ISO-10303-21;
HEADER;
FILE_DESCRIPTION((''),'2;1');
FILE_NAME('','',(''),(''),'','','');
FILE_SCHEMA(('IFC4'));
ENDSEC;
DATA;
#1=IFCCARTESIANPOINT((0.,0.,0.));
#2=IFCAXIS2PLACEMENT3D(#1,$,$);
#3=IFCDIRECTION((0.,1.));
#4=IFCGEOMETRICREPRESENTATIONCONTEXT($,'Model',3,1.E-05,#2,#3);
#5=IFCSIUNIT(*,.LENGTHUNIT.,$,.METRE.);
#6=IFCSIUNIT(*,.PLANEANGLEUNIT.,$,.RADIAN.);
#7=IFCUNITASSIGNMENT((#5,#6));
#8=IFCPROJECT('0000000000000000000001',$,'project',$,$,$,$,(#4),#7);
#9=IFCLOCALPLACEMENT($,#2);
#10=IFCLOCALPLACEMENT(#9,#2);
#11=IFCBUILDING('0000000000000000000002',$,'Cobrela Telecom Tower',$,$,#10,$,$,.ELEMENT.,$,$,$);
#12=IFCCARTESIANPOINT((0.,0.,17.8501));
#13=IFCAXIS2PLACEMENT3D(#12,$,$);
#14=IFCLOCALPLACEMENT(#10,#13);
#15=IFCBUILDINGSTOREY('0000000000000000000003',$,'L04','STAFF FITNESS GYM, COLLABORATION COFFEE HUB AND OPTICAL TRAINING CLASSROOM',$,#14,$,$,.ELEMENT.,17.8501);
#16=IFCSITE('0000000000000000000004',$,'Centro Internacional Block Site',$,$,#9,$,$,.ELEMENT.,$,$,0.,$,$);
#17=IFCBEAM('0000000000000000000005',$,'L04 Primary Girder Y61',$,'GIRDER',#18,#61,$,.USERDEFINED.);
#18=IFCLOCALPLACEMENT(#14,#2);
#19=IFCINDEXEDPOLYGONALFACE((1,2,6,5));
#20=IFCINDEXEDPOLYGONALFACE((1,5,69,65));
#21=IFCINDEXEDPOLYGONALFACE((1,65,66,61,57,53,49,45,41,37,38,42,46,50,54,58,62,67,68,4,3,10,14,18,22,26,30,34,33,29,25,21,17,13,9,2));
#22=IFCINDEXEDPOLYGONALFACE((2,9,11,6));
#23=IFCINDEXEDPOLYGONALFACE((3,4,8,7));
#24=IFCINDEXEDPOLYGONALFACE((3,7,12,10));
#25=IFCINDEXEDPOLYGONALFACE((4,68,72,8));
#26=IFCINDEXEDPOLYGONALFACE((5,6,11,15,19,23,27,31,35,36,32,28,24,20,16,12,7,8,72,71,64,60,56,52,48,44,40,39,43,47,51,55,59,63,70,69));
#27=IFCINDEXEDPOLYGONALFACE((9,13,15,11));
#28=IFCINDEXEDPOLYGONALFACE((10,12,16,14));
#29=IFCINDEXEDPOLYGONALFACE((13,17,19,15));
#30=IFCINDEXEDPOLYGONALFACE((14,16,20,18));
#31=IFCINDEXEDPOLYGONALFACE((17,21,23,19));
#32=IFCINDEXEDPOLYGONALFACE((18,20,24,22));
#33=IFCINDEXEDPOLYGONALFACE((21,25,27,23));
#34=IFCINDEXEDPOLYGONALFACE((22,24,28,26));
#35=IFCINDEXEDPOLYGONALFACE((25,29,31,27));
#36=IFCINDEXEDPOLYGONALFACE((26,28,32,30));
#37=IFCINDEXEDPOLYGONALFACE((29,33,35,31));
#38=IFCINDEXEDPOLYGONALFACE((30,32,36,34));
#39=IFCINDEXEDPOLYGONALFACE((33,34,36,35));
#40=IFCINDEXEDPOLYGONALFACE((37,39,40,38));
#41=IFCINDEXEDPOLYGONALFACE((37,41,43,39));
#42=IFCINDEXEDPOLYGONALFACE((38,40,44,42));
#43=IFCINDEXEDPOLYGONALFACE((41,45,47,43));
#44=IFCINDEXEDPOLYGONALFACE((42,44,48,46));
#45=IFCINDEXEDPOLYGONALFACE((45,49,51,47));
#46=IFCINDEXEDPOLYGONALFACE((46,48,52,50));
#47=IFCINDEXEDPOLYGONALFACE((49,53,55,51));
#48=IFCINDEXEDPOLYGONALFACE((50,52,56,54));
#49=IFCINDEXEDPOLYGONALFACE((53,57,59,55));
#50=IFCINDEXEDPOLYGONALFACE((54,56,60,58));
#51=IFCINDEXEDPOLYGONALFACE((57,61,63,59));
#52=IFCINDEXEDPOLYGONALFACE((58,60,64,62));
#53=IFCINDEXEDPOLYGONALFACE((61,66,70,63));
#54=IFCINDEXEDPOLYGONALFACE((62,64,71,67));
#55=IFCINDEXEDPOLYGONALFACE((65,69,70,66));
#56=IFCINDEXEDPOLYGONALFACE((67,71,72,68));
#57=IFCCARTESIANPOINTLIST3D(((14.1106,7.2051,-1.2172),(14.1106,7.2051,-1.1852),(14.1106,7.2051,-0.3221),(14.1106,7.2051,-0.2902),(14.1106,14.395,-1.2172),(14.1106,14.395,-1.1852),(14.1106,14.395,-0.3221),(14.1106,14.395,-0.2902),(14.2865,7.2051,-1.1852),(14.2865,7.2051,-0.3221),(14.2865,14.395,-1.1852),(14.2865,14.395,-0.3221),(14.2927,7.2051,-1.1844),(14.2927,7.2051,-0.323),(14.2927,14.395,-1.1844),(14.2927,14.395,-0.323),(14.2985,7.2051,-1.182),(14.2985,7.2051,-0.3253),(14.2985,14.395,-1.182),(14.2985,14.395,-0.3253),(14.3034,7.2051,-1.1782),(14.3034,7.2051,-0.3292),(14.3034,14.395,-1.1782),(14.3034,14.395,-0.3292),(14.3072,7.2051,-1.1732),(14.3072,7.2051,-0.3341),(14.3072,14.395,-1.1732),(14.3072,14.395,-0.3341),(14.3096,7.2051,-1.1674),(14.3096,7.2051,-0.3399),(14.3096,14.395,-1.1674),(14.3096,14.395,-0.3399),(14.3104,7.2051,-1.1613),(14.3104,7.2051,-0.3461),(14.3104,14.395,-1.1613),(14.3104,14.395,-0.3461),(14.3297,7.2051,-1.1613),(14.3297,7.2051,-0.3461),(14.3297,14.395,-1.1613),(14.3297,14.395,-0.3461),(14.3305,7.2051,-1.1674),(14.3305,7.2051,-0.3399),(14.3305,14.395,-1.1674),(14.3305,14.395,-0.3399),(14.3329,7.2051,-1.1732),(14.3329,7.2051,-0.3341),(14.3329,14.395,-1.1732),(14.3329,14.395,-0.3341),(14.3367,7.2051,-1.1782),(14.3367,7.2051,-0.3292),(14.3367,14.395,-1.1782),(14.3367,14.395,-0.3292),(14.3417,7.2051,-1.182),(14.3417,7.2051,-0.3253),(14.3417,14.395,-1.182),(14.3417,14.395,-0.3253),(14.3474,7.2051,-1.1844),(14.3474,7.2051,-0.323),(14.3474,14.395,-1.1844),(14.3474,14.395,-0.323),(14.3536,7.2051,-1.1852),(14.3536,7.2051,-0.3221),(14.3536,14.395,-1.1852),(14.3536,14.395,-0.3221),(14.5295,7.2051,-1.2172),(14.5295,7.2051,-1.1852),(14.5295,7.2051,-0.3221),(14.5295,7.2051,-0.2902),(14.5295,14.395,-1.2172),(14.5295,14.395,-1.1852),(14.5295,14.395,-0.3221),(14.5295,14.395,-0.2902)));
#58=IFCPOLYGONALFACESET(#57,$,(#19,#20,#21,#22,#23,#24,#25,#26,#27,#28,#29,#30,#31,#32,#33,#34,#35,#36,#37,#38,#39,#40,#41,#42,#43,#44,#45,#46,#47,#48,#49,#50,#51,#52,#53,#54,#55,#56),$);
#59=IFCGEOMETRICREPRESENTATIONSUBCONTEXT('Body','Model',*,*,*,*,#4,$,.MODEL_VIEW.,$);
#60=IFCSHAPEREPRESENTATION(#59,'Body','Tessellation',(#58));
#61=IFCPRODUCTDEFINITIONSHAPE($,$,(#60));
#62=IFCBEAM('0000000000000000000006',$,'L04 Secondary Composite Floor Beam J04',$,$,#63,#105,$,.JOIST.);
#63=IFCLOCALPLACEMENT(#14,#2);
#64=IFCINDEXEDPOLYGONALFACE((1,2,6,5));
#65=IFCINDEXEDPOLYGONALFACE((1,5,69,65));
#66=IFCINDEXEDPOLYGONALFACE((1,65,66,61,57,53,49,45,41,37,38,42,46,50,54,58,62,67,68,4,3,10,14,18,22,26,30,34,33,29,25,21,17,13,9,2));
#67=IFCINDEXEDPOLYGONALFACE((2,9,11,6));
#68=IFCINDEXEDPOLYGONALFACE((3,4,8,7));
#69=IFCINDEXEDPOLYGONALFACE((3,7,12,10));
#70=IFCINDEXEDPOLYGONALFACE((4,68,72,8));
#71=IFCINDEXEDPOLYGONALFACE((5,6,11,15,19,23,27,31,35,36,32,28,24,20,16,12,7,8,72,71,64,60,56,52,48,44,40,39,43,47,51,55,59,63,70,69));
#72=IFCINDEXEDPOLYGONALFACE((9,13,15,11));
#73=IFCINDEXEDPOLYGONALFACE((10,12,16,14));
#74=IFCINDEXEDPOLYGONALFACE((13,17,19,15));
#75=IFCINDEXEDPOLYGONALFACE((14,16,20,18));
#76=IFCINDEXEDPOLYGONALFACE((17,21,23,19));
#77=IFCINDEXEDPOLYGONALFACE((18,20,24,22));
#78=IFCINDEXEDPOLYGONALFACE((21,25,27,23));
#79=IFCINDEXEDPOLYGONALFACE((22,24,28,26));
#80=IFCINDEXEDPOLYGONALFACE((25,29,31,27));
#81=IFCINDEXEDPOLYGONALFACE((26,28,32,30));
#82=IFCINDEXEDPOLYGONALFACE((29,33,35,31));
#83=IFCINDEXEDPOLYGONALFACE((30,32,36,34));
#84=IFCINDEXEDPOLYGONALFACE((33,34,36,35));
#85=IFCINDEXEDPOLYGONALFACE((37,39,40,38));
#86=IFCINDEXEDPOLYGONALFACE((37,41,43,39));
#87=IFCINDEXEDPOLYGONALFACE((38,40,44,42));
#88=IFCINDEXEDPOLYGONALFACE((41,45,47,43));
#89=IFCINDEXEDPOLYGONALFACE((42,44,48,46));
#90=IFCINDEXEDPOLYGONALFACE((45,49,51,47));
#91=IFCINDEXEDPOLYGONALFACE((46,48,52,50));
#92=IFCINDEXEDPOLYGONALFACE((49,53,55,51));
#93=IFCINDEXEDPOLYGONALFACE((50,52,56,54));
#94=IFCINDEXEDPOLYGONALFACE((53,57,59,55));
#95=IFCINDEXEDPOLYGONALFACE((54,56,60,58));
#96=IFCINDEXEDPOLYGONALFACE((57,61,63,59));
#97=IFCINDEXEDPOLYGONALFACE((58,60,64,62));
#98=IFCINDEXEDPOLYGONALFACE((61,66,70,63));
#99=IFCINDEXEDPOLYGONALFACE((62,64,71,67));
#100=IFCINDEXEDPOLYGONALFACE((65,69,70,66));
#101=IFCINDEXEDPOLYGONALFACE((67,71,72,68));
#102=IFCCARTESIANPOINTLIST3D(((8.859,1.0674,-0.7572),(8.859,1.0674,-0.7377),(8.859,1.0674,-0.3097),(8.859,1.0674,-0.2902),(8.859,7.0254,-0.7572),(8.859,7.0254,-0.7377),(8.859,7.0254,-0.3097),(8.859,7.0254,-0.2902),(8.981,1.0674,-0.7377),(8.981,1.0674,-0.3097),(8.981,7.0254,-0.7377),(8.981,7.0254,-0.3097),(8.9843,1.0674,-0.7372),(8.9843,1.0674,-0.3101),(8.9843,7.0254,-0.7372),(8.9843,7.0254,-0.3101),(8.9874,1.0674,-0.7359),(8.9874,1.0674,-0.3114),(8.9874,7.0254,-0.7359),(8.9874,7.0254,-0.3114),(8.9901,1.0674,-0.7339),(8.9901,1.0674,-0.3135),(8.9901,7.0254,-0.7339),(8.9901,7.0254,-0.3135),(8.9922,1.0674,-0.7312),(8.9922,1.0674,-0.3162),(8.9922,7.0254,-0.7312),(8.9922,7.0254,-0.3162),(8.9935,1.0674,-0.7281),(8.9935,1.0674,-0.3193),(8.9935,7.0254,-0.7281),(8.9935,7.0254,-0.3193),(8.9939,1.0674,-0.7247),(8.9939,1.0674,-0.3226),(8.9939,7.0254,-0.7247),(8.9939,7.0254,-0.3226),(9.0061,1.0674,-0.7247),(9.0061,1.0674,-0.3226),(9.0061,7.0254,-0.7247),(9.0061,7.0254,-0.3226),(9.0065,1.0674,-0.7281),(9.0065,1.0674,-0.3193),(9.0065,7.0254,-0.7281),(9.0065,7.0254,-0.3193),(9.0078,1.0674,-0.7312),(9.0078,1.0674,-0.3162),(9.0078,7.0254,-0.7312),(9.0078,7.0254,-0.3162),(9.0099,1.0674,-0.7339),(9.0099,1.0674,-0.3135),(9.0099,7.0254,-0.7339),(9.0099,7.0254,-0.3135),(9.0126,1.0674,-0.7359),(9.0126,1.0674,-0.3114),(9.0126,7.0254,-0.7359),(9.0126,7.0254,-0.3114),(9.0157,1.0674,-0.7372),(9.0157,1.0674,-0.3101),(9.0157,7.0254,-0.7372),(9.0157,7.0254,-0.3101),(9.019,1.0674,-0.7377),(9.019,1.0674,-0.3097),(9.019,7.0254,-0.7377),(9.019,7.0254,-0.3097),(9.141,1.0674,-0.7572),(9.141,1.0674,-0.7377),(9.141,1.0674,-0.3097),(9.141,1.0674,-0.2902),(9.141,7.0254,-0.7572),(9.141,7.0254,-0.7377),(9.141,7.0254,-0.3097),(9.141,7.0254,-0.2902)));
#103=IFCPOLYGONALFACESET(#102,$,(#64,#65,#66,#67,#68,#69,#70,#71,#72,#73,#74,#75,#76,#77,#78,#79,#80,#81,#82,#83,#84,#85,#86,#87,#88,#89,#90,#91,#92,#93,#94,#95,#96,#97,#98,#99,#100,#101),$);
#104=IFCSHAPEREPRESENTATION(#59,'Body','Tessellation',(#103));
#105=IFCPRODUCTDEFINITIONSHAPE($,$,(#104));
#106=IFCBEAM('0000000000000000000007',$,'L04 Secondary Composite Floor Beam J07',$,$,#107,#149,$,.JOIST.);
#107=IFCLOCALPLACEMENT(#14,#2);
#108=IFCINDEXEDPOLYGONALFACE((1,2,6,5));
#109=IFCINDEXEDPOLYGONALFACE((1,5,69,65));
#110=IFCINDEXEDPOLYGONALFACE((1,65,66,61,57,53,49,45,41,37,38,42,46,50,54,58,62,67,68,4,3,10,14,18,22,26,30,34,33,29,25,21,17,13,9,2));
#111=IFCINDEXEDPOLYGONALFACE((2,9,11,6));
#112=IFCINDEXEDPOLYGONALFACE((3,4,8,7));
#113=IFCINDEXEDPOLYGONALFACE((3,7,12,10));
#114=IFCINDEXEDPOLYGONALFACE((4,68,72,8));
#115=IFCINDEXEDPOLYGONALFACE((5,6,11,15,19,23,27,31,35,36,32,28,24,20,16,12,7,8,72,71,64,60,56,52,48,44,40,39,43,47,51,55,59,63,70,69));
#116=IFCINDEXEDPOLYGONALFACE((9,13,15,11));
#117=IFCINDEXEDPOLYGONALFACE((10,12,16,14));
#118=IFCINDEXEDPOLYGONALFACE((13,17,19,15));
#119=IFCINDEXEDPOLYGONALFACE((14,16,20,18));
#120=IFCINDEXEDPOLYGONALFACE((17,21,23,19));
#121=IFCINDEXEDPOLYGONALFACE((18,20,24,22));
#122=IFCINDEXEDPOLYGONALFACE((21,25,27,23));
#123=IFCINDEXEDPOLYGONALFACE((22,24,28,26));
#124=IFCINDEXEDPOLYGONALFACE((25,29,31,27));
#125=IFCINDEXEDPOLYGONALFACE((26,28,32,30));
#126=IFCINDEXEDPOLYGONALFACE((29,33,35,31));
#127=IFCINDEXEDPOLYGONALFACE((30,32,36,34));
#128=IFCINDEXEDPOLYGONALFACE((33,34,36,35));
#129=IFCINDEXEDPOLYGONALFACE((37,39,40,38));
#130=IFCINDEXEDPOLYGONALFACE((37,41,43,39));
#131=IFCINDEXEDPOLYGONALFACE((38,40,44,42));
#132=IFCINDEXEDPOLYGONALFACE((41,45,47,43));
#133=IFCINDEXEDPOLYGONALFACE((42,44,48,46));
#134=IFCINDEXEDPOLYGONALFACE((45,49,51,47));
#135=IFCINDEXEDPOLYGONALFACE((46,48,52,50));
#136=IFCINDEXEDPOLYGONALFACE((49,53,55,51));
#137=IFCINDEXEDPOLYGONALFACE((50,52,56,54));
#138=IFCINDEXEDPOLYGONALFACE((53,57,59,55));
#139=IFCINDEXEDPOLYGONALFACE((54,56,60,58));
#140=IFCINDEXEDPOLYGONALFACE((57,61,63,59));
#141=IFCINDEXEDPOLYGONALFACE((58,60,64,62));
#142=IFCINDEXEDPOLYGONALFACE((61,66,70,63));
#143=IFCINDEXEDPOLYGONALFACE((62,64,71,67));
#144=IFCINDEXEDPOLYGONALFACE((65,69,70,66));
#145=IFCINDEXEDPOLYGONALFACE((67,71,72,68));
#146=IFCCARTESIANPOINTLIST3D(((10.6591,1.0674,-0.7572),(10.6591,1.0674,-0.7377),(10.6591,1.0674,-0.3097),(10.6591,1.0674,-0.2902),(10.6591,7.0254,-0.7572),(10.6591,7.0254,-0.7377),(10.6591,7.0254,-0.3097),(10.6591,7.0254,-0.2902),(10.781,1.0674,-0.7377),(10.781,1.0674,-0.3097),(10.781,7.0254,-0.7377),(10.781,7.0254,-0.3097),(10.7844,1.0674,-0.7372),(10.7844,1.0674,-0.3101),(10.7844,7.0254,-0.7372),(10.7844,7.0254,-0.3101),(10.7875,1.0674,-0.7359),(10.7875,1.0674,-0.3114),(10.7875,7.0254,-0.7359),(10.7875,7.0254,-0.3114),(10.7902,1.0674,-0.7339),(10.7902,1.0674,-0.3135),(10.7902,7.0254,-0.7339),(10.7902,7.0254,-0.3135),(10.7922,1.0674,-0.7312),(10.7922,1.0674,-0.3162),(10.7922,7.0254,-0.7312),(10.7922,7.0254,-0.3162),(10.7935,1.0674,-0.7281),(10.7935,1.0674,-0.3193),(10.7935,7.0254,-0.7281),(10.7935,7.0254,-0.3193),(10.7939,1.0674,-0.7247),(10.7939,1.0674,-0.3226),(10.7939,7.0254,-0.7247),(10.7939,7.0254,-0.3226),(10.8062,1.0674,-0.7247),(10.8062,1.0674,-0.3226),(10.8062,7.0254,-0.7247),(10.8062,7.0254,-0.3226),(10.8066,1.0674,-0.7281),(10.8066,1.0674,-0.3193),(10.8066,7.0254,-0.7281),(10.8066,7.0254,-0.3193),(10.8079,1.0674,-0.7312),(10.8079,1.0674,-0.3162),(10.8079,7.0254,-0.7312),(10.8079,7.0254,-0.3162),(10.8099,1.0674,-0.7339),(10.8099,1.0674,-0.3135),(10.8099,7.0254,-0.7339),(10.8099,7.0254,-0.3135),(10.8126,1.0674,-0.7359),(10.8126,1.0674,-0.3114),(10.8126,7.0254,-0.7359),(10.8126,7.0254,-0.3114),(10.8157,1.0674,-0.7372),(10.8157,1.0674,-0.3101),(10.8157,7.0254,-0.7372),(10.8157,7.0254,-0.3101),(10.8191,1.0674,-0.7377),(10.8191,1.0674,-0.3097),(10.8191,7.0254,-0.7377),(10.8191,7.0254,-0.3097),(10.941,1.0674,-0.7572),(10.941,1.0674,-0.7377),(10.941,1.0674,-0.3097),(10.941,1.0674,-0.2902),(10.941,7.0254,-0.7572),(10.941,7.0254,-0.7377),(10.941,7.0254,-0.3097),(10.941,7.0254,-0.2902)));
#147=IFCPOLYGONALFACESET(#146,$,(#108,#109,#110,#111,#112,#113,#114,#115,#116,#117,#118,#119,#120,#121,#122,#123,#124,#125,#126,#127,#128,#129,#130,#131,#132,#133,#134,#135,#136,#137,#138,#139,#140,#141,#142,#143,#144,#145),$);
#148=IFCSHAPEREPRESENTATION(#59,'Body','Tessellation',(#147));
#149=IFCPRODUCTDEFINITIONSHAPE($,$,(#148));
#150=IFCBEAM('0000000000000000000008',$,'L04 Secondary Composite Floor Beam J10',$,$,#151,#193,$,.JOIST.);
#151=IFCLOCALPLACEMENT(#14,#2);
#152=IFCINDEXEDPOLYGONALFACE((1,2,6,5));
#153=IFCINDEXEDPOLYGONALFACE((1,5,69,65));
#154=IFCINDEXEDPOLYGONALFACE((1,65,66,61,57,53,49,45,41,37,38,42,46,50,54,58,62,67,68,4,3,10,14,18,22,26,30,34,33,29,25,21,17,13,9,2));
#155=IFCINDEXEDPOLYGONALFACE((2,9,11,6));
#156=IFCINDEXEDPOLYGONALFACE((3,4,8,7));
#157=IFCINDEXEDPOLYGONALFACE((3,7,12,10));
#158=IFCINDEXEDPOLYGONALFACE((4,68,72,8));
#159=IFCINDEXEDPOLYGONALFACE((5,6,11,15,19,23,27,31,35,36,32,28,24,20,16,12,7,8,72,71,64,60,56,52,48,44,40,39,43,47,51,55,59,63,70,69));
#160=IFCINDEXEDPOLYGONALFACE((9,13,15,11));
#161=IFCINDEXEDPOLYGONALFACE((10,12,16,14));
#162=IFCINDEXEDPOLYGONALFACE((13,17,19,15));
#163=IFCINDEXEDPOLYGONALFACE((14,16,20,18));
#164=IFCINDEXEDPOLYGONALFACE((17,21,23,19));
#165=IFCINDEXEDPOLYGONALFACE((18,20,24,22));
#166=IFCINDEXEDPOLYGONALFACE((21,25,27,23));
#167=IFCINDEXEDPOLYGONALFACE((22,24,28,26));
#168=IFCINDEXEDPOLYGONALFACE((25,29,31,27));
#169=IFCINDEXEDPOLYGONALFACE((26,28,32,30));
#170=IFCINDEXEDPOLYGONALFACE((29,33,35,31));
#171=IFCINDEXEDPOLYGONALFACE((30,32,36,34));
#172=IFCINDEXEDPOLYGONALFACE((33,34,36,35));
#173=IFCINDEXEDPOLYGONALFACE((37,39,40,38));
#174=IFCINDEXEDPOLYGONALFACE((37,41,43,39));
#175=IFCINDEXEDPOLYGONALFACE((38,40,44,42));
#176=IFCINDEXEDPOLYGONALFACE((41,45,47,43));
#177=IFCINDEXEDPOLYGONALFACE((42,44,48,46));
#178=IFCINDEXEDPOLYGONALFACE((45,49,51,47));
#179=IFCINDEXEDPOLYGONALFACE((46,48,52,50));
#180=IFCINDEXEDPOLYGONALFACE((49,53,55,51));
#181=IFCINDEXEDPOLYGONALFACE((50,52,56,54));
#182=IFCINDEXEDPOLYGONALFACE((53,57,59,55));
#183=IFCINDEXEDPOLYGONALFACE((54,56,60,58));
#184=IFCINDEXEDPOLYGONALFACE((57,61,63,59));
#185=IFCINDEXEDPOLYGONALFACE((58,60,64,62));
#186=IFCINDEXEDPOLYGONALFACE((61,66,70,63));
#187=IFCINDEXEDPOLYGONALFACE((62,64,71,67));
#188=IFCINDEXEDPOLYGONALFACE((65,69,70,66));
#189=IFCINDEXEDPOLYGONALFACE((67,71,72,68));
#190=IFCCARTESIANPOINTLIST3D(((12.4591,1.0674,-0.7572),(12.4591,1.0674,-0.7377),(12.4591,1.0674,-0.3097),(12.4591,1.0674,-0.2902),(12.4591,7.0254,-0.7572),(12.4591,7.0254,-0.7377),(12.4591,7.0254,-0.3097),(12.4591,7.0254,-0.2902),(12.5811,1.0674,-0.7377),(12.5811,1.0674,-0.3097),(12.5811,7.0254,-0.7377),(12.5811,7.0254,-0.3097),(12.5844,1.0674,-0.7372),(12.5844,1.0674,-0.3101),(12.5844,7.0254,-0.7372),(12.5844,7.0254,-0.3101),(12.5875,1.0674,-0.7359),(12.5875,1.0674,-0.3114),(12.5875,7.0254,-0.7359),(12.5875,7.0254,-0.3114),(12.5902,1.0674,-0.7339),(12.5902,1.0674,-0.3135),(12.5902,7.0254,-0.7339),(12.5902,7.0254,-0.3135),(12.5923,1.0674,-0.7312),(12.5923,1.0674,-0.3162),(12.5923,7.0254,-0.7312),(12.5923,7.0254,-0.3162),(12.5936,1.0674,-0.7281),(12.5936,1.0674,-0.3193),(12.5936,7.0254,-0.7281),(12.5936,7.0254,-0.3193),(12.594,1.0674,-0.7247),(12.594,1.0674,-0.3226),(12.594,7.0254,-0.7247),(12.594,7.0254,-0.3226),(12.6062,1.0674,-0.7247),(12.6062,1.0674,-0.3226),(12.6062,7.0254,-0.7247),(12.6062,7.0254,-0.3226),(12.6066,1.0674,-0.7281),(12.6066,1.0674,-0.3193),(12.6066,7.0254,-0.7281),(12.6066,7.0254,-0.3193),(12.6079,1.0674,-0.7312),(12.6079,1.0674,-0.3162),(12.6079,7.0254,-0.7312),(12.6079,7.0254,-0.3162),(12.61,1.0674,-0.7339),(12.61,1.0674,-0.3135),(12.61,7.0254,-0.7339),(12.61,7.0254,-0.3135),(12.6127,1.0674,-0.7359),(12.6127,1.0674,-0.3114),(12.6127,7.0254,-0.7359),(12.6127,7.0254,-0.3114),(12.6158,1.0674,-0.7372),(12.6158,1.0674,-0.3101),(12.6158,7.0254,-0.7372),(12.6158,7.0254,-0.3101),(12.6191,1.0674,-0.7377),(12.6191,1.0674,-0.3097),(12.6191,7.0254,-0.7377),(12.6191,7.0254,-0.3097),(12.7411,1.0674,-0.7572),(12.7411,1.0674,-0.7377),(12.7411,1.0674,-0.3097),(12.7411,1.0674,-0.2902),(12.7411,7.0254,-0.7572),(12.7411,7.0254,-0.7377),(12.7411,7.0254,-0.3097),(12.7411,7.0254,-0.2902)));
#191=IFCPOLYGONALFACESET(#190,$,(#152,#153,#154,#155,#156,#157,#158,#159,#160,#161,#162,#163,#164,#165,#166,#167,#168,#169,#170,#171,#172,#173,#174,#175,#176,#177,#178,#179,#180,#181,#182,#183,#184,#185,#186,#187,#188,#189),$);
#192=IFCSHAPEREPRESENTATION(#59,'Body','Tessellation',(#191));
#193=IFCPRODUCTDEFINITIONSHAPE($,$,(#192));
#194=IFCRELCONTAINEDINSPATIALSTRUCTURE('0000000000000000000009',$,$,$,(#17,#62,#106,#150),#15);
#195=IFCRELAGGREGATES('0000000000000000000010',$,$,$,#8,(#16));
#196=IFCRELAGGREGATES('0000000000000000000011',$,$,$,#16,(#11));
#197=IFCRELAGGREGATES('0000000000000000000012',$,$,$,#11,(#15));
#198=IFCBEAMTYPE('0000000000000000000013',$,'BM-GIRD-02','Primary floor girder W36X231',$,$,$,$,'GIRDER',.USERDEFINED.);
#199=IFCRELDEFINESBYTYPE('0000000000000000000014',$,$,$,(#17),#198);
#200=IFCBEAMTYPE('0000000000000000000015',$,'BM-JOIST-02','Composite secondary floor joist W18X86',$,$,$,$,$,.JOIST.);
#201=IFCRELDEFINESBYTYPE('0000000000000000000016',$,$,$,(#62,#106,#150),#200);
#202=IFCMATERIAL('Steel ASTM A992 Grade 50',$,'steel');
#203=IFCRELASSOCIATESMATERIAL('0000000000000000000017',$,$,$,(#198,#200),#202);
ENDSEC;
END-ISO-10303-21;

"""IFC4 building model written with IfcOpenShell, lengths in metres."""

from ifc_helpers import new_model, si_unit, direction, frame, origin, origin_2d, place, context, subcontext, project, spatial, i_section, extrude, material, material_profile, profile_set, type_object, element, save


model = new_model("IFC4")

# Units and contexts
model_context = context("Model", 3, precision=1e-05, world=origin(), true_north=direction((0.0, 1.0)))
body_context = subcontext(model_context, "Body", "Model", "MODEL_VIEW")
ifc_project = project(units=[si_unit("LENGTHUNIT", "METRE"), si_unit("PLANEANGLEUNIT", "RADIAN")], contexts=[model_context])

# Site, building, storey
site_placement = place(None, origin())
site = spatial("IfcSite", under=ifc_project, at=site_placement, Name="Centro Internacional Block Site", CompositionType="ELEMENT", RefElevation=0.0)
building_placement = place(site_placement, origin())
building = spatial("IfcBuilding", under=site, at=building_placement, Name="Cobrela Telecom Tower", CompositionType="ELEMENT")
storey_placement = place(building_placement, frame((0.0, 0.0, 17.8501)))
storey = spatial("IfcBuildingStorey", under=building, at=storey_placement, Name="L04", Description="STAFF FITNESS GYM, COLLABORATION COFFEE HUB AND OPTICAL TRAINING CLASSROOM", CompositionType="ELEMENT", Elevation=17.8501)

# Beams
ifc_material_1 = material(Name="Steel ASTM A992 Grade 50", Category="steel")
ifc_material_profile_1 = material_profile(ifc_material_1, i_section(OverallWidth=0.4189, OverallDepth=0.927, WebThickness=0.0193, FlangeThickness=0.032, FilletRadius=0.0239, at=origin_2d()), Name="W36X231")
ifc_profile_set_1 = profile_set([ifc_material_profile_1], Name="Steel ASTM A992 Grade 50")
beam_type_1 = type_object("IfcBeamType", Name="BM-GIRD-02", Description="Primary floor girder W36X231", ElementType="GIRDER", PredefinedType="USERDEFINED", material=ifc_profile_set_1)
beam_1_placement = place(storey_placement, frame((14.3201, 7.2051, -0.7537), z_axis=(0.0, 1.0, 0.0), x_axis=(-1.0, 0.0, 0.0)))
element("IfcBeam", 1, at=beam_1_placement, inside=storey, type_object=beam_type_1, Name="L04 Primary Girder Y61", ObjectType="GIRDER", PredefinedType="USERDEFINED", context=body_context, shape_type="SweptSolid", body=[
    extrude(i_section(OverallWidth=0.4189, OverallDepth=0.927, WebThickness=0.0193, FlangeThickness=0.032, FilletRadius=0.0239, at=origin_2d()), origin(), (0.0, 0.0, 1.0), 7.1899),
])
ifc_material_profile_2 = material_profile(ifc_material_1, i_section(OverallWidth=0.282, OverallDepth=0.467, WebThickness=0.0122, FlangeThickness=0.0195, FilletRadius=0.0129, at=origin_2d()), Name="W18X86")
ifc_profile_set_2 = profile_set([ifc_material_profile_2], Name="Steel ASTM A992 Grade 50")
beam_type_2 = type_object("IfcBeamType", Name="BM-JOIST-02", Description="Composite secondary floor joist W18X86", PredefinedType="JOIST", material=ifc_profile_set_2)
for number, where, z_axis, x_axis, name in (
    (2, (9.0, 1.0674, -0.5237), (0.0, 1.0, 0.0), (-1.0, 0.0, 0.0), "L04 Secondary Composite Floor Beam J04"),
    (3, (10.8, 1.0674, -0.5237), (0.0, 1.0, 0.0), (-1.0, 0.0, 0.0), "L04 Secondary Composite Floor Beam J07"),
    (4, (12.6001, 1.0674, -0.5237), (0.0, 1.0, 0.0), (-1.0, 0.0, 0.0), "L04 Secondary Composite Floor Beam J10"),
):
    element("IfcBeam", number, at=place(storey_placement, frame(where, z_axis=z_axis, x_axis=x_axis)), inside=storey, type_object=beam_type_2, Name=name, PredefinedType="JOIST", context=body_context, shape_type="SweptSolid", body=[
        extrude(i_section(OverallWidth=0.282, OverallDepth=0.467, WebThickness=0.0122, FlangeThickness=0.0195, FilletRadius=0.0129, at=origin_2d()), origin(), (0.0, 0.0, 1.0), 5.958),
    ])

save(model, "model.ifc")
